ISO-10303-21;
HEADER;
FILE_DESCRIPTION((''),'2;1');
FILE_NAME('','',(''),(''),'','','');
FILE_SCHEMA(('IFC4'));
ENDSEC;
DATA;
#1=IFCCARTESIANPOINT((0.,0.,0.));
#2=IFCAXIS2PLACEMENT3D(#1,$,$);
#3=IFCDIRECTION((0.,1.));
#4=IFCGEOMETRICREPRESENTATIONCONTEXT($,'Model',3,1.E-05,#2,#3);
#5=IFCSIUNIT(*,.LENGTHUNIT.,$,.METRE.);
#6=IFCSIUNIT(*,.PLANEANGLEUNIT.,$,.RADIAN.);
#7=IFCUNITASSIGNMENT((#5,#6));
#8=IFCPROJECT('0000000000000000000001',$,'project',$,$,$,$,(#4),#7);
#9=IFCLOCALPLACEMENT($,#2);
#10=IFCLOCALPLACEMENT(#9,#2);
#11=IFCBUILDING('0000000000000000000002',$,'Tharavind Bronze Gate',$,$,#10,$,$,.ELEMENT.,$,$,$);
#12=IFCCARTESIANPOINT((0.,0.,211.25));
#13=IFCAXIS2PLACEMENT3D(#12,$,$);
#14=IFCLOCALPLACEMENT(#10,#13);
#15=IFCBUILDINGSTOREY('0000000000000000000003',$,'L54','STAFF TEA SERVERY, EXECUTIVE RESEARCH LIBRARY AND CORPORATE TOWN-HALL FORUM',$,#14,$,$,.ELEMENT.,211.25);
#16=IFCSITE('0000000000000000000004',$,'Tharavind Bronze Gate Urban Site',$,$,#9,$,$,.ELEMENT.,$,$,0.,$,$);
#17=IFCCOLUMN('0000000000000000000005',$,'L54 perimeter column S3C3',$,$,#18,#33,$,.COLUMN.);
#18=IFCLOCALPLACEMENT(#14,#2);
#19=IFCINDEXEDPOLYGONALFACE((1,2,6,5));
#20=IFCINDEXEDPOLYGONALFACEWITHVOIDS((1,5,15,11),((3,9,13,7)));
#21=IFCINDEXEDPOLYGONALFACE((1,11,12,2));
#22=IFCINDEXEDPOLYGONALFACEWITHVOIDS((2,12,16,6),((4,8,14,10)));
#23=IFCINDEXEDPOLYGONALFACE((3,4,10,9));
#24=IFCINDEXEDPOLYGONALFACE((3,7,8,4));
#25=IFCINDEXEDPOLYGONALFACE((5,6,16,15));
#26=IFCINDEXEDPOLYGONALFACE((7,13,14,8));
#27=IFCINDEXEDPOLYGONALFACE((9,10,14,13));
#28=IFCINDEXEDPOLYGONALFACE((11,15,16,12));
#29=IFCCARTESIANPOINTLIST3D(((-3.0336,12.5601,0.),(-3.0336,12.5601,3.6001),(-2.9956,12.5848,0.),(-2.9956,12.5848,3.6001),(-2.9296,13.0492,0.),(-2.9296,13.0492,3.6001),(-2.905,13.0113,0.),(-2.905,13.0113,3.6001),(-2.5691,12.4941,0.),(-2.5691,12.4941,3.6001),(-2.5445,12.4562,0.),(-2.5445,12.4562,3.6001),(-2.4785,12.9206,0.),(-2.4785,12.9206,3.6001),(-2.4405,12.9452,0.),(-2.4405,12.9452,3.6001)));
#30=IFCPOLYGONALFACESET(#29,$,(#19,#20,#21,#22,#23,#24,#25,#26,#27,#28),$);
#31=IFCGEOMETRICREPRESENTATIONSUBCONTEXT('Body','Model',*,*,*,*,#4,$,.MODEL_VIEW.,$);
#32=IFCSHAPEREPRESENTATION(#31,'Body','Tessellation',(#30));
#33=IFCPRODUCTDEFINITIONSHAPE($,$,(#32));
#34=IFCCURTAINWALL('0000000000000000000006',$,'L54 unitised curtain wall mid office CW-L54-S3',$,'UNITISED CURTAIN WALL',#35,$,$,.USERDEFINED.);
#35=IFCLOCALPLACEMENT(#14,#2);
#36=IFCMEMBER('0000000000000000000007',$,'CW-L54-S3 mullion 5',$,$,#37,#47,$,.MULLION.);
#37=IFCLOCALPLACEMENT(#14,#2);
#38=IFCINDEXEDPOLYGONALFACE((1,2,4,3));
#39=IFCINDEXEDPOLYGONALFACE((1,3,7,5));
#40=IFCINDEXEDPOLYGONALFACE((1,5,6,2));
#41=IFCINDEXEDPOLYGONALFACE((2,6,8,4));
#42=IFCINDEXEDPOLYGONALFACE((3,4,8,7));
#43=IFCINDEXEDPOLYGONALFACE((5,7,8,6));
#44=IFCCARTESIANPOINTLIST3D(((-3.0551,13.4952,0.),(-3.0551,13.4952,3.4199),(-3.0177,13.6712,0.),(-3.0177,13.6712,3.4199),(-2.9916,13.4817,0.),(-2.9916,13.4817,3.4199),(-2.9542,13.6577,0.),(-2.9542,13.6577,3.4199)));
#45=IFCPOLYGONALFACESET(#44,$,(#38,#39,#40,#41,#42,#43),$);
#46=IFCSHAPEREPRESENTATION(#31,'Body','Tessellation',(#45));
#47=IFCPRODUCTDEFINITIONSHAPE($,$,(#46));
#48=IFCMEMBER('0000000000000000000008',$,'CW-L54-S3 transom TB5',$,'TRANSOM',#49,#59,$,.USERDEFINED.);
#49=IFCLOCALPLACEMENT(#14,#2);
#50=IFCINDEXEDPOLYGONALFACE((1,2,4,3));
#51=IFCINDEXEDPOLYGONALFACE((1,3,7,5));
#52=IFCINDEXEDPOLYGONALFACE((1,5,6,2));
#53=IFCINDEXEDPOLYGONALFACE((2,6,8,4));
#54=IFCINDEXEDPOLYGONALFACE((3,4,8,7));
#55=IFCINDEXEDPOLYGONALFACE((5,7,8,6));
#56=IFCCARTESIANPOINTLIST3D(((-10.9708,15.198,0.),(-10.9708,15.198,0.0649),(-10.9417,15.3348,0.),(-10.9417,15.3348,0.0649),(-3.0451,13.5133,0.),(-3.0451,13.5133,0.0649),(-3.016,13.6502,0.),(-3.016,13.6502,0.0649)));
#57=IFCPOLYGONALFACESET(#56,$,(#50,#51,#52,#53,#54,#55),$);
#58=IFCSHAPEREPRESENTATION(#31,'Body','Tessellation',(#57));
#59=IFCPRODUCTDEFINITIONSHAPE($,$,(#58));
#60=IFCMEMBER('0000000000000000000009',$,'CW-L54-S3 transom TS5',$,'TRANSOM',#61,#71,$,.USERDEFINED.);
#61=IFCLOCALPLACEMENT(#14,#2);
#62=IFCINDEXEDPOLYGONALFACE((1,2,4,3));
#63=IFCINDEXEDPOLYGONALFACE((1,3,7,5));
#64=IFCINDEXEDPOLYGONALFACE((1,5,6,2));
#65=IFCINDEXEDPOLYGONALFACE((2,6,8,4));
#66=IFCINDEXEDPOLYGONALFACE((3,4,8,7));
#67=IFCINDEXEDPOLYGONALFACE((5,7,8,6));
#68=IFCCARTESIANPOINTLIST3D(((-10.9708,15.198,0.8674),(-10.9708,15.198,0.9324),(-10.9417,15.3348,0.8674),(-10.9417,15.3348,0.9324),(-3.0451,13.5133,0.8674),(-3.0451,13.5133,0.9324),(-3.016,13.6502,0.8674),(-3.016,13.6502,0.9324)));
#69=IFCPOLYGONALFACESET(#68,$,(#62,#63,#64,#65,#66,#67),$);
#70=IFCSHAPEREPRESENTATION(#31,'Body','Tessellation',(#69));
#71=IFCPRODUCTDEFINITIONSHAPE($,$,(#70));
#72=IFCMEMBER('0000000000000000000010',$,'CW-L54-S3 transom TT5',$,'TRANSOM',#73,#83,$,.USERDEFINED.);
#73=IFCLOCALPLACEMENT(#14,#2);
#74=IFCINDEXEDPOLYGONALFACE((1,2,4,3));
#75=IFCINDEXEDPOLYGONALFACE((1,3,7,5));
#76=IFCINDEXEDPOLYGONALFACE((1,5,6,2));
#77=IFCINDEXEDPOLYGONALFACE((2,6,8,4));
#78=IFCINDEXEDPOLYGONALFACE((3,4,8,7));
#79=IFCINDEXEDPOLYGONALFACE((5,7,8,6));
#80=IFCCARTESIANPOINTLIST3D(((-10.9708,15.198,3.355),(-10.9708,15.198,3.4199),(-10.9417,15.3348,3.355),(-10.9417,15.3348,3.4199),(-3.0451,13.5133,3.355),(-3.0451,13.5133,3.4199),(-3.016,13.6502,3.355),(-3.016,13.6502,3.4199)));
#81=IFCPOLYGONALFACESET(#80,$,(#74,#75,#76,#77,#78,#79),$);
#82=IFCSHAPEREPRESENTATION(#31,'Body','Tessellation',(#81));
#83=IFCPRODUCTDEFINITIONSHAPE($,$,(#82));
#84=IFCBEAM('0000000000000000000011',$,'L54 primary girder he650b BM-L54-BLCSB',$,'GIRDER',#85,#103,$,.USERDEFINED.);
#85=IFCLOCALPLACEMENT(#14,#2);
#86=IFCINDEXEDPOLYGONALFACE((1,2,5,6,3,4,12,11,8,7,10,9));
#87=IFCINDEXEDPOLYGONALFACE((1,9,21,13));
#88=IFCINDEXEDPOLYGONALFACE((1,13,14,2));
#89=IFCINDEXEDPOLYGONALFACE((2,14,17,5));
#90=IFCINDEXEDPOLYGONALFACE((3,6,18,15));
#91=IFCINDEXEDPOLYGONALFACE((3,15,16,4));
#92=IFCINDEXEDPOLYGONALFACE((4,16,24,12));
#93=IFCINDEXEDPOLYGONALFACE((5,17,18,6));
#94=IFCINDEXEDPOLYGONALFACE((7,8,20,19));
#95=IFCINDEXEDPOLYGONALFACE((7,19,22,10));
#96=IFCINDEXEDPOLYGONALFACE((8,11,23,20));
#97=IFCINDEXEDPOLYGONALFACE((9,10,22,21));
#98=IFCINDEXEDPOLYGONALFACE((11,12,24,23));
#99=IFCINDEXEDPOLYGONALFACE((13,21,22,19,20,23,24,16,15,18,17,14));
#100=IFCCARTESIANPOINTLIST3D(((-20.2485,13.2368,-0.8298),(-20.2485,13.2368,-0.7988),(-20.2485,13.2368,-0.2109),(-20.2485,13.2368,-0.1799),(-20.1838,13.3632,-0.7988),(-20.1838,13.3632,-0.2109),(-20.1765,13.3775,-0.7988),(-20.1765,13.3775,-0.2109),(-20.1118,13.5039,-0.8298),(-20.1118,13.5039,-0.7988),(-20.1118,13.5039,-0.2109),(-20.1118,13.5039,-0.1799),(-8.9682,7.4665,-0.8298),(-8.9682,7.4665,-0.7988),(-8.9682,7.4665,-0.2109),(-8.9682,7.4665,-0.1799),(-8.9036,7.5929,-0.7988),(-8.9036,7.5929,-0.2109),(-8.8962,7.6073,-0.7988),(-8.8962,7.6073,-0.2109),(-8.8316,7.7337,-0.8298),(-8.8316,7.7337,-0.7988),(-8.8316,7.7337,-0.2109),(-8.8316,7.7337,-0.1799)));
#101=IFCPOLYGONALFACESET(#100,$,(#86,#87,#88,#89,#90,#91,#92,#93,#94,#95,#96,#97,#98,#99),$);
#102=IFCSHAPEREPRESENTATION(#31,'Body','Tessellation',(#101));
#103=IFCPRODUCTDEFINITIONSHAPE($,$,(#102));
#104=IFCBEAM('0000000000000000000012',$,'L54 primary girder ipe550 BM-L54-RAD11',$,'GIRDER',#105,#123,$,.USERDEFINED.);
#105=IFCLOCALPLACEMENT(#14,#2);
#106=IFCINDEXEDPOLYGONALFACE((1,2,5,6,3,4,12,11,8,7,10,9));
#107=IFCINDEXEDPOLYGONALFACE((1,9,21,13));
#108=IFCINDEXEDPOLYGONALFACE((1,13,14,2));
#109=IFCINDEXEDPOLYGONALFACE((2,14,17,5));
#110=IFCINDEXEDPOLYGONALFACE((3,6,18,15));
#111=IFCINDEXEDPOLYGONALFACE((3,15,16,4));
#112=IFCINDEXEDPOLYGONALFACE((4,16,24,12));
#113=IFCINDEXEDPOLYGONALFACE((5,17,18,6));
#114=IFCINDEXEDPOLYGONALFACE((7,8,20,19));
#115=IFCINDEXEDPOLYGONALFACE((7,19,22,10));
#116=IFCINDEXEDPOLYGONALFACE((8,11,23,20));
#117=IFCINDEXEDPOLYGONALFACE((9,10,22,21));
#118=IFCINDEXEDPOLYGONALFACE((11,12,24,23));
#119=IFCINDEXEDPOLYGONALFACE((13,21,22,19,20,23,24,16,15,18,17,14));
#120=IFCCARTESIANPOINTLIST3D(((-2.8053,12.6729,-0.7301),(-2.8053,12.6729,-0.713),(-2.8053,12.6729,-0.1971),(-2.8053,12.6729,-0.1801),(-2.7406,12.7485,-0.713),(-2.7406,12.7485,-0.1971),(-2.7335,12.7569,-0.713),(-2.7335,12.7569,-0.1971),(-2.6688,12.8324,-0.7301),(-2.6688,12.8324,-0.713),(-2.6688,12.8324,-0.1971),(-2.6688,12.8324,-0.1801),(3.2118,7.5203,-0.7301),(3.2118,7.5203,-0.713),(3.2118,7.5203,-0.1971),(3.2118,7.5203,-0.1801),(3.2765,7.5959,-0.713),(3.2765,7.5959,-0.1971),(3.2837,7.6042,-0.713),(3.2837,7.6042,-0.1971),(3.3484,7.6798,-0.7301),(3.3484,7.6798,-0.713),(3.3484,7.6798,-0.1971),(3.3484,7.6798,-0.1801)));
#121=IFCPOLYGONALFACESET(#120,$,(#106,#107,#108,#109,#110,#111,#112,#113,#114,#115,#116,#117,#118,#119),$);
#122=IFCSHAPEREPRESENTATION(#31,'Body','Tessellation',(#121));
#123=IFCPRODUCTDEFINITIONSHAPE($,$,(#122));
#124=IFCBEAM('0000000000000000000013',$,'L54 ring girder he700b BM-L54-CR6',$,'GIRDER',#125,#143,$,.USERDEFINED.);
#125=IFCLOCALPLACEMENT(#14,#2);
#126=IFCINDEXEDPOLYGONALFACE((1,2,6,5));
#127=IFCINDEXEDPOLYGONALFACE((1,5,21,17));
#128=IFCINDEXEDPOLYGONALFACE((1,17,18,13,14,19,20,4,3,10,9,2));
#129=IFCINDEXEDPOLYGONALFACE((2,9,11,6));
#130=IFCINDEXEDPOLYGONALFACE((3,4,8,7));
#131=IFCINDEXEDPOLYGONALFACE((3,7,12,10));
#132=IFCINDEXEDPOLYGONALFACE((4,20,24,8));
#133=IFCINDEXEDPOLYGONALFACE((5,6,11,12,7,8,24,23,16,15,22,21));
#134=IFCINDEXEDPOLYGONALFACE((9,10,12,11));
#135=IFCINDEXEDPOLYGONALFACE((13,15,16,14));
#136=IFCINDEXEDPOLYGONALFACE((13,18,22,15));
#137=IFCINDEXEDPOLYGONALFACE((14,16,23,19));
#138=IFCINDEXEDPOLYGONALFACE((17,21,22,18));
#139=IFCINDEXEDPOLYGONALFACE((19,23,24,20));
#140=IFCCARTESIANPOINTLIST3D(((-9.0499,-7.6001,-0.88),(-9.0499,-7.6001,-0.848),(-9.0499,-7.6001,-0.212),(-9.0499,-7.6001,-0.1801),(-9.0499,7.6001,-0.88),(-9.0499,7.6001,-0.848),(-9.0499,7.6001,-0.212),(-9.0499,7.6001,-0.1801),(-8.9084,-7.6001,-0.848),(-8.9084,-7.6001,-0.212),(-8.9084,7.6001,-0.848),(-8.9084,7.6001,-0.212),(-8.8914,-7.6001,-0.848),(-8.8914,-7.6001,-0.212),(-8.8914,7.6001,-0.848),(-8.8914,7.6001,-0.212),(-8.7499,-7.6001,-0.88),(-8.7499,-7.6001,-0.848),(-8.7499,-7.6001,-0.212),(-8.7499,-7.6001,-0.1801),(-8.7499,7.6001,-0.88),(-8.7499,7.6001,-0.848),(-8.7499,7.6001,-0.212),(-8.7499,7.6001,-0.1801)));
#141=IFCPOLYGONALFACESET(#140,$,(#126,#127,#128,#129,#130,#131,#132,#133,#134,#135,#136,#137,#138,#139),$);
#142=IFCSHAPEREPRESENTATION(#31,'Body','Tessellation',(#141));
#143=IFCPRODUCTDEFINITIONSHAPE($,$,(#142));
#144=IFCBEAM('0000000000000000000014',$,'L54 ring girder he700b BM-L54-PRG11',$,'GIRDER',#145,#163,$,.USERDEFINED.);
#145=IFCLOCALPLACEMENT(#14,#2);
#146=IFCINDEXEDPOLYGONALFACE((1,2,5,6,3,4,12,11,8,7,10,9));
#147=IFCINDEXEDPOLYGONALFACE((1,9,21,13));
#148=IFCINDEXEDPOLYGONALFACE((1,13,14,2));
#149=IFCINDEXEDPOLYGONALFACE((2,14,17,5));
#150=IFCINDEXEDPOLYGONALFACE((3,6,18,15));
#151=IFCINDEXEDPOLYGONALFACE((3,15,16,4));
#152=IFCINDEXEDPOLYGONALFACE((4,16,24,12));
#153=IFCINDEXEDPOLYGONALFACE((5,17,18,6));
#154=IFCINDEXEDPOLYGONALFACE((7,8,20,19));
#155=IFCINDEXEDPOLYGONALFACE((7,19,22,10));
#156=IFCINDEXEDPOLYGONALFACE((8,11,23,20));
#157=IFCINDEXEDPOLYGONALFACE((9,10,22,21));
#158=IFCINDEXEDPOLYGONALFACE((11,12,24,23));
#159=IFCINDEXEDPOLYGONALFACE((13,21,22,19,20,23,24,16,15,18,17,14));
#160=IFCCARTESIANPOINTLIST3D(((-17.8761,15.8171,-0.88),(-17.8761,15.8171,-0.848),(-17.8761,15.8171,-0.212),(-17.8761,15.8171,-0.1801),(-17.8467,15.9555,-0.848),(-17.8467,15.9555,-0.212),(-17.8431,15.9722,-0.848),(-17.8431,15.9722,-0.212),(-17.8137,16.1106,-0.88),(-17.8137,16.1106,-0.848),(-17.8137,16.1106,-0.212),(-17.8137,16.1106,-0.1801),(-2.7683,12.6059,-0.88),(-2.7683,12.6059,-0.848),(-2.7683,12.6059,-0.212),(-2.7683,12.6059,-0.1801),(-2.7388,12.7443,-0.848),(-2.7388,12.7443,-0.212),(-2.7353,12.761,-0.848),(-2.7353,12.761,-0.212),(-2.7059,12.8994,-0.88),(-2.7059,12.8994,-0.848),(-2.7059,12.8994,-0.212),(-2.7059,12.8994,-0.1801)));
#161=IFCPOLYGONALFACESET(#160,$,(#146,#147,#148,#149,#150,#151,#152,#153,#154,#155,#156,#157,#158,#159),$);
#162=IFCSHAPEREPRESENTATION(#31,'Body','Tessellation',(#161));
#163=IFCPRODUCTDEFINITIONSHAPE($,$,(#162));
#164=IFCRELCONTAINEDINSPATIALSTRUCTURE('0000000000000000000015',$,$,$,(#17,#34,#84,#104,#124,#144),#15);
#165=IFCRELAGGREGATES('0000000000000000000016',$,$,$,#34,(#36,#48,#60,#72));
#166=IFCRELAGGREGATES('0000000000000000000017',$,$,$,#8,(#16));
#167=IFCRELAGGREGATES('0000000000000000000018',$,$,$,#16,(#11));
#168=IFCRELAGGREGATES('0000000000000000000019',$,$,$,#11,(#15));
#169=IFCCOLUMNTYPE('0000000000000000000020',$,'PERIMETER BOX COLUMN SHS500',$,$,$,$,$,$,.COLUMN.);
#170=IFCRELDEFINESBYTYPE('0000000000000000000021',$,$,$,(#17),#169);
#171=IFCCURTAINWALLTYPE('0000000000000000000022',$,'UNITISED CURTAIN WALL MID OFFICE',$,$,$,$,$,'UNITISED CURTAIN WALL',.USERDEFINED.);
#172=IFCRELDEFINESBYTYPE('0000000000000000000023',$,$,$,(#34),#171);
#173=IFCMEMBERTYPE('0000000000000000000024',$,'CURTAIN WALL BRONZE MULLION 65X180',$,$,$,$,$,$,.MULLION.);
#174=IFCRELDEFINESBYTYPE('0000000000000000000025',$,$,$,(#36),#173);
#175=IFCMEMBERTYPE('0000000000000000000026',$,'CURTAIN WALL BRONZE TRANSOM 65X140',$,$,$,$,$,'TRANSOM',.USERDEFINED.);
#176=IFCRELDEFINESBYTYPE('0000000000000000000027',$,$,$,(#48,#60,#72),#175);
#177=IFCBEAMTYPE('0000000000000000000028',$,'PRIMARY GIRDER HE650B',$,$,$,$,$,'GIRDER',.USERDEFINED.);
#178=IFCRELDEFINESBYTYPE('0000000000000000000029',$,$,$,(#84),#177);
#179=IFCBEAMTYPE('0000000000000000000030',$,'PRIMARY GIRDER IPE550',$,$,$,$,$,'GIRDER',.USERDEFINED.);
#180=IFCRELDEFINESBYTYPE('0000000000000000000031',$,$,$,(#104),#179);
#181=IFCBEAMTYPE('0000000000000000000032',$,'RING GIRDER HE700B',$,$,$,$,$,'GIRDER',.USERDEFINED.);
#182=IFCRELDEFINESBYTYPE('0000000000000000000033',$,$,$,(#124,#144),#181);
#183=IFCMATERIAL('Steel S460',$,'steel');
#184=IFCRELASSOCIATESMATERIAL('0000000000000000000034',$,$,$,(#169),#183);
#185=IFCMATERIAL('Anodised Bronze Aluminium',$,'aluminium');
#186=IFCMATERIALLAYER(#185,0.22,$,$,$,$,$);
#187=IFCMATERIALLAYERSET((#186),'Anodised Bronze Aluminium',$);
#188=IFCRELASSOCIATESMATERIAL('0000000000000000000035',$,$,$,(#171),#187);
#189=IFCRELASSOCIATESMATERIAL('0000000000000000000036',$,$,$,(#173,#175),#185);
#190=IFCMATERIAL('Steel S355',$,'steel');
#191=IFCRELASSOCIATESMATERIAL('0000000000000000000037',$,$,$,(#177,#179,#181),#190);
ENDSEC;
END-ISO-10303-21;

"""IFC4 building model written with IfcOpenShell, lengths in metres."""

from ifc_helpers import new_model, si_unit, direction, frame, origin, origin_2d, place, context, subcontext, project, spatial, rectangle, hollow_rectangle, i_section, extrude, material, layer, layer_set, material_profile, profile_set, type_object, element, aggregate, save


model = new_model("IFC4")

# Units and contexts
model_context = context("Model", 3, precision=1e-05, world=origin(), true_north=direction((0.0, 1.0)))
body_context = subcontext(model_context, "Body", "Model", "MODEL_VIEW")
ifc_project = project(units=[si_unit("LENGTHUNIT", "METRE"), si_unit("PLANEANGLEUNIT", "RADIAN")], contexts=[model_context])

# Site, building, storey
site_placement = place(None, origin())
site = spatial("IfcSite", under=ifc_project, at=site_placement, Name="Tharavind Bronze Gate Urban Site", CompositionType="ELEMENT", RefElevation=0.0)
building_placement = place(site_placement, origin())
building = spatial("IfcBuilding", under=site, at=building_placement, Name="Tharavind Bronze Gate", CompositionType="ELEMENT")
storey_placement = place(building_placement, frame((0.0, 0.0, 211.25)))
storey = spatial("IfcBuildingStorey", under=building, at=storey_placement, Name="L54", Description="STAFF TEA SERVERY, EXECUTIVE RESEARCH LIBRARY AND CORPORATE TOWN-HALL FORUM", CompositionType="ELEMENT", Elevation=211.25)

# Column
ifc_material_1 = material(Name="Steel S460", Category="steel")
ifc_material_profile_1 = material_profile(ifc_material_1, hollow_rectangle(XDim=0.5, YDim=0.5, WallThickness=0.032, at=origin_2d()), Name="SHS500X32")
ifc_profile_set_1 = profile_set([ifc_material_profile_1], Name="Steel S460")
column_type = type_object("IfcColumnType", Name="PERIMETER BOX COLUMN SHS500", PredefinedType="COLUMN", material=ifc_profile_set_1)
column_placement = place(storey_placement, frame((-2.7371, 12.7527, 0.0), z_axis=(0.0, 0.0, 1.0), x_axis=(-0.978148, 0.207912, 0.0)))
element("IfcColumn", 1, at=column_placement, inside=storey, type_object=column_type, Name="L54 perimeter column S3C3", PredefinedType="COLUMN", context=body_context, shape_type="SweptSolid", body=[
    extrude(hollow_rectangle(XDim=0.5, YDim=0.5, WallThickness=0.032, at=origin_2d()), origin(), (0.0, 0.0, 1.0), 3.6001),
])

# Curtain wall, members
ifc_material_2 = material(Name="Anodised Bronze Aluminium", Category="aluminium")
ifc_layer_1 = layer(ifc_material_2, 0.22)
ifc_layer_set_1 = layer_set([ifc_layer_1], Name="Anodised Bronze Aluminium")
curtain_wall_type = type_object("IfcCurtainWallType", Name="UNITISED CURTAIN WALL MID OFFICE", ElementType="UNITISED CURTAIN WALL", PredefinedType="USERDEFINED", material=ifc_layer_set_1)
curtain_wall_placement = place(storey_placement, origin())
curtain_wall = element("IfcCurtainWall", 2, at=curtain_wall_placement, inside=storey, type_object=curtain_wall_type, Name="L54 unitised curtain wall mid office CW-L54-S3", ObjectType="UNITISED CURTAIN WALL", PredefinedType="USERDEFINED")
member_type_1 = type_object("IfcMemberType", Name="CURTAIN WALL BRONZE MULLION 65X180", PredefinedType="MULLION", material=ifc_material_2)
member_1_placement = place(storey_placement, frame((-3.0046, 13.5764, 0.0), z_axis=(0.0, 0.0, 1.0), x_axis=(-0.978148, 0.207912, 0.0)))
member_1 = element("IfcMember", 3, at=member_1_placement, type_object=member_type_1, Name="CW-L54-S3 mullion 5", PredefinedType="MULLION", context=body_context, shape_type="SweptSolid", body=[
    extrude(rectangle(XDim=0.0649, YDim=0.1799, at=origin_2d()), origin(), (0.0, 0.0, 1.0), 3.4199),
])
member_type_2 = type_object("IfcMemberType", Name="CURTAIN WALL BRONZE TRANSOM 65X140", ElementType="TRANSOM", PredefinedType="USERDEFINED", material=ifc_material_2)
member_2_placement = place(storey_placement, frame((-6.9934, 14.4241, 0.0), z_axis=(0.0, 0.0, 1.0), x_axis=(-0.978148, 0.207912, 0.0)))
member_2 = element("IfcMember", 4, at=member_2_placement, type_object=member_type_2, Name="CW-L54-S3 transom TB5", ObjectType="TRANSOM", PredefinedType="USERDEFINED", context=body_context, shape_type="SweptSolid", body=[
    extrude(rectangle(XDim=8.1028, YDim=0.1399, at=origin_2d()), origin(), (0.0, 0.0, 1.0), 0.0649),
])
member_3_placement = place(storey_placement, frame((-6.9934, 14.4241, 0.8674), z_axis=(0.0, 0.0, 1.0), x_axis=(-0.978148, 0.207912, 0.0)))
member_3 = element("IfcMember", 5, at=member_3_placement, type_object=member_type_2, Name="CW-L54-S3 transom TS5", ObjectType="TRANSOM", PredefinedType="USERDEFINED", context=body_context, shape_type="SweptSolid", body=[
    extrude(rectangle(XDim=8.1028, YDim=0.1399, at=origin_2d()), origin(), (0.0, 0.0, 1.0), 0.0649),
])
member_4_placement = place(storey_placement, frame((-6.9934, 14.4241, 3.355), z_axis=(0.0, 0.0, 1.0), x_axis=(-0.978148, 0.207912, 0.0)))
member_4 = element("IfcMember", 6, at=member_4_placement, type_object=member_type_2, Name="CW-L54-S3 transom TT5", ObjectType="TRANSOM", PredefinedType="USERDEFINED", context=body_context, shape_type="SweptSolid", body=[
    extrude(rectangle(XDim=8.1028, YDim=0.1399, at=origin_2d()), origin(), (0.0, 0.0, 1.0), 0.0649),
])

# Beams
ifc_material_3 = material(Name="Steel S355", Category="steel")
ifc_material_profile_2 = material_profile(ifc_material_3, i_section(OverallWidth=0.3, OverallDepth=0.6499, WebThickness=0.0161, FlangeThickness=0.031, at=origin_2d()), Name="HE650B")
ifc_profile_set_2 = profile_set([ifc_material_profile_2], Name="Steel S355")
beam_type_1 = type_object("IfcBeamType", Name="PRIMARY GIRDER HE650B", ElementType="GIRDER", PredefinedType="USERDEFINED", material=ifc_profile_set_2)
beam_1_placement = place(storey_placement, frame((-8.8999, 7.6001, -0.5049), z_axis=(-0.890281, 0.455411, 0.0), x_axis=(-0.455411, -0.890281, 0.0)))
element("IfcBeam", 7, at=beam_1_placement, inside=storey, type_object=beam_type_1, Name="L54 primary girder he650b BM-L54-BLCSB", ObjectType="GIRDER", PredefinedType="USERDEFINED", context=body_context, shape_type="SweptSolid", body=[
    extrude(i_section(OverallWidth=0.3, OverallDepth=0.6499, WebThickness=0.0161, FlangeThickness=0.031, at=origin_2d()), origin(), (0.0, 0.0, 1.0), 12.6704),
])
ifc_material_profile_3 = material_profile(ifc_material_3, i_section(OverallWidth=0.21, OverallDepth=0.55, WebThickness=0.011, FlangeThickness=0.0171, at=origin_2d()), Name="IPE550")
ifc_profile_set_3 = profile_set([ifc_material_profile_3], Name="Steel S355")
beam_type_2 = type_object("IfcBeamType", Name="PRIMARY GIRDER IPE550", ElementType="GIRDER", PredefinedType="USERDEFINED", material=ifc_profile_set_3)
beam_2_placement = place(storey_placement, frame((-2.7371, 12.7527, -0.4551), z_axis=(0.759563, -0.650433, 0.0), x_axis=(0.650433, 0.759563, 0.0)))
element("IfcBeam", 8, at=beam_2_placement, inside=storey, type_object=beam_type_2, Name="L54 primary girder ipe550 BM-L54-RAD11", ObjectType="GIRDER", PredefinedType="USERDEFINED", context=body_context, shape_type="SweptSolid", body=[
    extrude(i_section(OverallWidth=0.21, OverallDepth=0.55, WebThickness=0.011, FlangeThickness=0.0171, at=origin_2d()), origin(), (0.0, 0.0, 1.0), 7.9219),
])
ifc_material_profile_4 = material_profile(ifc_material_3, i_section(OverallWidth=0.3, OverallDepth=0.7, WebThickness=0.0171, FlangeThickness=0.032, at=origin_2d()), Name="HE700B")
ifc_profile_set_4 = profile_set([ifc_material_profile_4], Name="Steel S355")
beam_type_3 = type_object("IfcBeamType", Name="RING GIRDER HE700B", ElementType="GIRDER", PredefinedType="USERDEFINED", material=ifc_profile_set_4)
beam_3_placement = place(storey_placement, frame((-8.8999, 7.6001, -0.53), z_axis=(0.0, -1.0, 0.0), x_axis=(1.0, 0.0, 0.0)))
element("IfcBeam", 9, at=beam_3_placement, inside=storey, type_object=beam_type_3, Name="L54 ring girder he700b BM-L54-CR6", ObjectType="GIRDER", PredefinedType="USERDEFINED", context=body_context, shape_type="SweptSolid", body=[
    extrude(i_section(OverallWidth=0.3, OverallDepth=0.7, WebThickness=0.0171, FlangeThickness=0.032, at=origin_2d()), origin(), (0.0, 0.0, 1.0), 15.2002),
])
beam_4_placement = place(storey_placement, frame((-2.7371, 12.7527, -0.53), z_axis=(-0.978149, 0.207905, 0.0), x_axis=(-0.207905, -0.978149, 0.0)))
element("IfcBeam", 10, at=beam_4_placement, inside=storey, type_object=beam_type_3, Name="L54 ring girder he700b BM-L54-PRG11", ObjectType="GIRDER", PredefinedType="USERDEFINED", context=body_context, shape_type="SweptSolid", body=[
    extrude(i_section(OverallWidth=0.3, OverallDepth=0.7, WebThickness=0.0171, FlangeThickness=0.032, at=origin_2d()), origin(), (0.0, 0.0, 1.0), 15.4453),
])

aggregate(curtain_wall, [member_1, member_2, member_3, member_4])

save(model, "model.ifc")
